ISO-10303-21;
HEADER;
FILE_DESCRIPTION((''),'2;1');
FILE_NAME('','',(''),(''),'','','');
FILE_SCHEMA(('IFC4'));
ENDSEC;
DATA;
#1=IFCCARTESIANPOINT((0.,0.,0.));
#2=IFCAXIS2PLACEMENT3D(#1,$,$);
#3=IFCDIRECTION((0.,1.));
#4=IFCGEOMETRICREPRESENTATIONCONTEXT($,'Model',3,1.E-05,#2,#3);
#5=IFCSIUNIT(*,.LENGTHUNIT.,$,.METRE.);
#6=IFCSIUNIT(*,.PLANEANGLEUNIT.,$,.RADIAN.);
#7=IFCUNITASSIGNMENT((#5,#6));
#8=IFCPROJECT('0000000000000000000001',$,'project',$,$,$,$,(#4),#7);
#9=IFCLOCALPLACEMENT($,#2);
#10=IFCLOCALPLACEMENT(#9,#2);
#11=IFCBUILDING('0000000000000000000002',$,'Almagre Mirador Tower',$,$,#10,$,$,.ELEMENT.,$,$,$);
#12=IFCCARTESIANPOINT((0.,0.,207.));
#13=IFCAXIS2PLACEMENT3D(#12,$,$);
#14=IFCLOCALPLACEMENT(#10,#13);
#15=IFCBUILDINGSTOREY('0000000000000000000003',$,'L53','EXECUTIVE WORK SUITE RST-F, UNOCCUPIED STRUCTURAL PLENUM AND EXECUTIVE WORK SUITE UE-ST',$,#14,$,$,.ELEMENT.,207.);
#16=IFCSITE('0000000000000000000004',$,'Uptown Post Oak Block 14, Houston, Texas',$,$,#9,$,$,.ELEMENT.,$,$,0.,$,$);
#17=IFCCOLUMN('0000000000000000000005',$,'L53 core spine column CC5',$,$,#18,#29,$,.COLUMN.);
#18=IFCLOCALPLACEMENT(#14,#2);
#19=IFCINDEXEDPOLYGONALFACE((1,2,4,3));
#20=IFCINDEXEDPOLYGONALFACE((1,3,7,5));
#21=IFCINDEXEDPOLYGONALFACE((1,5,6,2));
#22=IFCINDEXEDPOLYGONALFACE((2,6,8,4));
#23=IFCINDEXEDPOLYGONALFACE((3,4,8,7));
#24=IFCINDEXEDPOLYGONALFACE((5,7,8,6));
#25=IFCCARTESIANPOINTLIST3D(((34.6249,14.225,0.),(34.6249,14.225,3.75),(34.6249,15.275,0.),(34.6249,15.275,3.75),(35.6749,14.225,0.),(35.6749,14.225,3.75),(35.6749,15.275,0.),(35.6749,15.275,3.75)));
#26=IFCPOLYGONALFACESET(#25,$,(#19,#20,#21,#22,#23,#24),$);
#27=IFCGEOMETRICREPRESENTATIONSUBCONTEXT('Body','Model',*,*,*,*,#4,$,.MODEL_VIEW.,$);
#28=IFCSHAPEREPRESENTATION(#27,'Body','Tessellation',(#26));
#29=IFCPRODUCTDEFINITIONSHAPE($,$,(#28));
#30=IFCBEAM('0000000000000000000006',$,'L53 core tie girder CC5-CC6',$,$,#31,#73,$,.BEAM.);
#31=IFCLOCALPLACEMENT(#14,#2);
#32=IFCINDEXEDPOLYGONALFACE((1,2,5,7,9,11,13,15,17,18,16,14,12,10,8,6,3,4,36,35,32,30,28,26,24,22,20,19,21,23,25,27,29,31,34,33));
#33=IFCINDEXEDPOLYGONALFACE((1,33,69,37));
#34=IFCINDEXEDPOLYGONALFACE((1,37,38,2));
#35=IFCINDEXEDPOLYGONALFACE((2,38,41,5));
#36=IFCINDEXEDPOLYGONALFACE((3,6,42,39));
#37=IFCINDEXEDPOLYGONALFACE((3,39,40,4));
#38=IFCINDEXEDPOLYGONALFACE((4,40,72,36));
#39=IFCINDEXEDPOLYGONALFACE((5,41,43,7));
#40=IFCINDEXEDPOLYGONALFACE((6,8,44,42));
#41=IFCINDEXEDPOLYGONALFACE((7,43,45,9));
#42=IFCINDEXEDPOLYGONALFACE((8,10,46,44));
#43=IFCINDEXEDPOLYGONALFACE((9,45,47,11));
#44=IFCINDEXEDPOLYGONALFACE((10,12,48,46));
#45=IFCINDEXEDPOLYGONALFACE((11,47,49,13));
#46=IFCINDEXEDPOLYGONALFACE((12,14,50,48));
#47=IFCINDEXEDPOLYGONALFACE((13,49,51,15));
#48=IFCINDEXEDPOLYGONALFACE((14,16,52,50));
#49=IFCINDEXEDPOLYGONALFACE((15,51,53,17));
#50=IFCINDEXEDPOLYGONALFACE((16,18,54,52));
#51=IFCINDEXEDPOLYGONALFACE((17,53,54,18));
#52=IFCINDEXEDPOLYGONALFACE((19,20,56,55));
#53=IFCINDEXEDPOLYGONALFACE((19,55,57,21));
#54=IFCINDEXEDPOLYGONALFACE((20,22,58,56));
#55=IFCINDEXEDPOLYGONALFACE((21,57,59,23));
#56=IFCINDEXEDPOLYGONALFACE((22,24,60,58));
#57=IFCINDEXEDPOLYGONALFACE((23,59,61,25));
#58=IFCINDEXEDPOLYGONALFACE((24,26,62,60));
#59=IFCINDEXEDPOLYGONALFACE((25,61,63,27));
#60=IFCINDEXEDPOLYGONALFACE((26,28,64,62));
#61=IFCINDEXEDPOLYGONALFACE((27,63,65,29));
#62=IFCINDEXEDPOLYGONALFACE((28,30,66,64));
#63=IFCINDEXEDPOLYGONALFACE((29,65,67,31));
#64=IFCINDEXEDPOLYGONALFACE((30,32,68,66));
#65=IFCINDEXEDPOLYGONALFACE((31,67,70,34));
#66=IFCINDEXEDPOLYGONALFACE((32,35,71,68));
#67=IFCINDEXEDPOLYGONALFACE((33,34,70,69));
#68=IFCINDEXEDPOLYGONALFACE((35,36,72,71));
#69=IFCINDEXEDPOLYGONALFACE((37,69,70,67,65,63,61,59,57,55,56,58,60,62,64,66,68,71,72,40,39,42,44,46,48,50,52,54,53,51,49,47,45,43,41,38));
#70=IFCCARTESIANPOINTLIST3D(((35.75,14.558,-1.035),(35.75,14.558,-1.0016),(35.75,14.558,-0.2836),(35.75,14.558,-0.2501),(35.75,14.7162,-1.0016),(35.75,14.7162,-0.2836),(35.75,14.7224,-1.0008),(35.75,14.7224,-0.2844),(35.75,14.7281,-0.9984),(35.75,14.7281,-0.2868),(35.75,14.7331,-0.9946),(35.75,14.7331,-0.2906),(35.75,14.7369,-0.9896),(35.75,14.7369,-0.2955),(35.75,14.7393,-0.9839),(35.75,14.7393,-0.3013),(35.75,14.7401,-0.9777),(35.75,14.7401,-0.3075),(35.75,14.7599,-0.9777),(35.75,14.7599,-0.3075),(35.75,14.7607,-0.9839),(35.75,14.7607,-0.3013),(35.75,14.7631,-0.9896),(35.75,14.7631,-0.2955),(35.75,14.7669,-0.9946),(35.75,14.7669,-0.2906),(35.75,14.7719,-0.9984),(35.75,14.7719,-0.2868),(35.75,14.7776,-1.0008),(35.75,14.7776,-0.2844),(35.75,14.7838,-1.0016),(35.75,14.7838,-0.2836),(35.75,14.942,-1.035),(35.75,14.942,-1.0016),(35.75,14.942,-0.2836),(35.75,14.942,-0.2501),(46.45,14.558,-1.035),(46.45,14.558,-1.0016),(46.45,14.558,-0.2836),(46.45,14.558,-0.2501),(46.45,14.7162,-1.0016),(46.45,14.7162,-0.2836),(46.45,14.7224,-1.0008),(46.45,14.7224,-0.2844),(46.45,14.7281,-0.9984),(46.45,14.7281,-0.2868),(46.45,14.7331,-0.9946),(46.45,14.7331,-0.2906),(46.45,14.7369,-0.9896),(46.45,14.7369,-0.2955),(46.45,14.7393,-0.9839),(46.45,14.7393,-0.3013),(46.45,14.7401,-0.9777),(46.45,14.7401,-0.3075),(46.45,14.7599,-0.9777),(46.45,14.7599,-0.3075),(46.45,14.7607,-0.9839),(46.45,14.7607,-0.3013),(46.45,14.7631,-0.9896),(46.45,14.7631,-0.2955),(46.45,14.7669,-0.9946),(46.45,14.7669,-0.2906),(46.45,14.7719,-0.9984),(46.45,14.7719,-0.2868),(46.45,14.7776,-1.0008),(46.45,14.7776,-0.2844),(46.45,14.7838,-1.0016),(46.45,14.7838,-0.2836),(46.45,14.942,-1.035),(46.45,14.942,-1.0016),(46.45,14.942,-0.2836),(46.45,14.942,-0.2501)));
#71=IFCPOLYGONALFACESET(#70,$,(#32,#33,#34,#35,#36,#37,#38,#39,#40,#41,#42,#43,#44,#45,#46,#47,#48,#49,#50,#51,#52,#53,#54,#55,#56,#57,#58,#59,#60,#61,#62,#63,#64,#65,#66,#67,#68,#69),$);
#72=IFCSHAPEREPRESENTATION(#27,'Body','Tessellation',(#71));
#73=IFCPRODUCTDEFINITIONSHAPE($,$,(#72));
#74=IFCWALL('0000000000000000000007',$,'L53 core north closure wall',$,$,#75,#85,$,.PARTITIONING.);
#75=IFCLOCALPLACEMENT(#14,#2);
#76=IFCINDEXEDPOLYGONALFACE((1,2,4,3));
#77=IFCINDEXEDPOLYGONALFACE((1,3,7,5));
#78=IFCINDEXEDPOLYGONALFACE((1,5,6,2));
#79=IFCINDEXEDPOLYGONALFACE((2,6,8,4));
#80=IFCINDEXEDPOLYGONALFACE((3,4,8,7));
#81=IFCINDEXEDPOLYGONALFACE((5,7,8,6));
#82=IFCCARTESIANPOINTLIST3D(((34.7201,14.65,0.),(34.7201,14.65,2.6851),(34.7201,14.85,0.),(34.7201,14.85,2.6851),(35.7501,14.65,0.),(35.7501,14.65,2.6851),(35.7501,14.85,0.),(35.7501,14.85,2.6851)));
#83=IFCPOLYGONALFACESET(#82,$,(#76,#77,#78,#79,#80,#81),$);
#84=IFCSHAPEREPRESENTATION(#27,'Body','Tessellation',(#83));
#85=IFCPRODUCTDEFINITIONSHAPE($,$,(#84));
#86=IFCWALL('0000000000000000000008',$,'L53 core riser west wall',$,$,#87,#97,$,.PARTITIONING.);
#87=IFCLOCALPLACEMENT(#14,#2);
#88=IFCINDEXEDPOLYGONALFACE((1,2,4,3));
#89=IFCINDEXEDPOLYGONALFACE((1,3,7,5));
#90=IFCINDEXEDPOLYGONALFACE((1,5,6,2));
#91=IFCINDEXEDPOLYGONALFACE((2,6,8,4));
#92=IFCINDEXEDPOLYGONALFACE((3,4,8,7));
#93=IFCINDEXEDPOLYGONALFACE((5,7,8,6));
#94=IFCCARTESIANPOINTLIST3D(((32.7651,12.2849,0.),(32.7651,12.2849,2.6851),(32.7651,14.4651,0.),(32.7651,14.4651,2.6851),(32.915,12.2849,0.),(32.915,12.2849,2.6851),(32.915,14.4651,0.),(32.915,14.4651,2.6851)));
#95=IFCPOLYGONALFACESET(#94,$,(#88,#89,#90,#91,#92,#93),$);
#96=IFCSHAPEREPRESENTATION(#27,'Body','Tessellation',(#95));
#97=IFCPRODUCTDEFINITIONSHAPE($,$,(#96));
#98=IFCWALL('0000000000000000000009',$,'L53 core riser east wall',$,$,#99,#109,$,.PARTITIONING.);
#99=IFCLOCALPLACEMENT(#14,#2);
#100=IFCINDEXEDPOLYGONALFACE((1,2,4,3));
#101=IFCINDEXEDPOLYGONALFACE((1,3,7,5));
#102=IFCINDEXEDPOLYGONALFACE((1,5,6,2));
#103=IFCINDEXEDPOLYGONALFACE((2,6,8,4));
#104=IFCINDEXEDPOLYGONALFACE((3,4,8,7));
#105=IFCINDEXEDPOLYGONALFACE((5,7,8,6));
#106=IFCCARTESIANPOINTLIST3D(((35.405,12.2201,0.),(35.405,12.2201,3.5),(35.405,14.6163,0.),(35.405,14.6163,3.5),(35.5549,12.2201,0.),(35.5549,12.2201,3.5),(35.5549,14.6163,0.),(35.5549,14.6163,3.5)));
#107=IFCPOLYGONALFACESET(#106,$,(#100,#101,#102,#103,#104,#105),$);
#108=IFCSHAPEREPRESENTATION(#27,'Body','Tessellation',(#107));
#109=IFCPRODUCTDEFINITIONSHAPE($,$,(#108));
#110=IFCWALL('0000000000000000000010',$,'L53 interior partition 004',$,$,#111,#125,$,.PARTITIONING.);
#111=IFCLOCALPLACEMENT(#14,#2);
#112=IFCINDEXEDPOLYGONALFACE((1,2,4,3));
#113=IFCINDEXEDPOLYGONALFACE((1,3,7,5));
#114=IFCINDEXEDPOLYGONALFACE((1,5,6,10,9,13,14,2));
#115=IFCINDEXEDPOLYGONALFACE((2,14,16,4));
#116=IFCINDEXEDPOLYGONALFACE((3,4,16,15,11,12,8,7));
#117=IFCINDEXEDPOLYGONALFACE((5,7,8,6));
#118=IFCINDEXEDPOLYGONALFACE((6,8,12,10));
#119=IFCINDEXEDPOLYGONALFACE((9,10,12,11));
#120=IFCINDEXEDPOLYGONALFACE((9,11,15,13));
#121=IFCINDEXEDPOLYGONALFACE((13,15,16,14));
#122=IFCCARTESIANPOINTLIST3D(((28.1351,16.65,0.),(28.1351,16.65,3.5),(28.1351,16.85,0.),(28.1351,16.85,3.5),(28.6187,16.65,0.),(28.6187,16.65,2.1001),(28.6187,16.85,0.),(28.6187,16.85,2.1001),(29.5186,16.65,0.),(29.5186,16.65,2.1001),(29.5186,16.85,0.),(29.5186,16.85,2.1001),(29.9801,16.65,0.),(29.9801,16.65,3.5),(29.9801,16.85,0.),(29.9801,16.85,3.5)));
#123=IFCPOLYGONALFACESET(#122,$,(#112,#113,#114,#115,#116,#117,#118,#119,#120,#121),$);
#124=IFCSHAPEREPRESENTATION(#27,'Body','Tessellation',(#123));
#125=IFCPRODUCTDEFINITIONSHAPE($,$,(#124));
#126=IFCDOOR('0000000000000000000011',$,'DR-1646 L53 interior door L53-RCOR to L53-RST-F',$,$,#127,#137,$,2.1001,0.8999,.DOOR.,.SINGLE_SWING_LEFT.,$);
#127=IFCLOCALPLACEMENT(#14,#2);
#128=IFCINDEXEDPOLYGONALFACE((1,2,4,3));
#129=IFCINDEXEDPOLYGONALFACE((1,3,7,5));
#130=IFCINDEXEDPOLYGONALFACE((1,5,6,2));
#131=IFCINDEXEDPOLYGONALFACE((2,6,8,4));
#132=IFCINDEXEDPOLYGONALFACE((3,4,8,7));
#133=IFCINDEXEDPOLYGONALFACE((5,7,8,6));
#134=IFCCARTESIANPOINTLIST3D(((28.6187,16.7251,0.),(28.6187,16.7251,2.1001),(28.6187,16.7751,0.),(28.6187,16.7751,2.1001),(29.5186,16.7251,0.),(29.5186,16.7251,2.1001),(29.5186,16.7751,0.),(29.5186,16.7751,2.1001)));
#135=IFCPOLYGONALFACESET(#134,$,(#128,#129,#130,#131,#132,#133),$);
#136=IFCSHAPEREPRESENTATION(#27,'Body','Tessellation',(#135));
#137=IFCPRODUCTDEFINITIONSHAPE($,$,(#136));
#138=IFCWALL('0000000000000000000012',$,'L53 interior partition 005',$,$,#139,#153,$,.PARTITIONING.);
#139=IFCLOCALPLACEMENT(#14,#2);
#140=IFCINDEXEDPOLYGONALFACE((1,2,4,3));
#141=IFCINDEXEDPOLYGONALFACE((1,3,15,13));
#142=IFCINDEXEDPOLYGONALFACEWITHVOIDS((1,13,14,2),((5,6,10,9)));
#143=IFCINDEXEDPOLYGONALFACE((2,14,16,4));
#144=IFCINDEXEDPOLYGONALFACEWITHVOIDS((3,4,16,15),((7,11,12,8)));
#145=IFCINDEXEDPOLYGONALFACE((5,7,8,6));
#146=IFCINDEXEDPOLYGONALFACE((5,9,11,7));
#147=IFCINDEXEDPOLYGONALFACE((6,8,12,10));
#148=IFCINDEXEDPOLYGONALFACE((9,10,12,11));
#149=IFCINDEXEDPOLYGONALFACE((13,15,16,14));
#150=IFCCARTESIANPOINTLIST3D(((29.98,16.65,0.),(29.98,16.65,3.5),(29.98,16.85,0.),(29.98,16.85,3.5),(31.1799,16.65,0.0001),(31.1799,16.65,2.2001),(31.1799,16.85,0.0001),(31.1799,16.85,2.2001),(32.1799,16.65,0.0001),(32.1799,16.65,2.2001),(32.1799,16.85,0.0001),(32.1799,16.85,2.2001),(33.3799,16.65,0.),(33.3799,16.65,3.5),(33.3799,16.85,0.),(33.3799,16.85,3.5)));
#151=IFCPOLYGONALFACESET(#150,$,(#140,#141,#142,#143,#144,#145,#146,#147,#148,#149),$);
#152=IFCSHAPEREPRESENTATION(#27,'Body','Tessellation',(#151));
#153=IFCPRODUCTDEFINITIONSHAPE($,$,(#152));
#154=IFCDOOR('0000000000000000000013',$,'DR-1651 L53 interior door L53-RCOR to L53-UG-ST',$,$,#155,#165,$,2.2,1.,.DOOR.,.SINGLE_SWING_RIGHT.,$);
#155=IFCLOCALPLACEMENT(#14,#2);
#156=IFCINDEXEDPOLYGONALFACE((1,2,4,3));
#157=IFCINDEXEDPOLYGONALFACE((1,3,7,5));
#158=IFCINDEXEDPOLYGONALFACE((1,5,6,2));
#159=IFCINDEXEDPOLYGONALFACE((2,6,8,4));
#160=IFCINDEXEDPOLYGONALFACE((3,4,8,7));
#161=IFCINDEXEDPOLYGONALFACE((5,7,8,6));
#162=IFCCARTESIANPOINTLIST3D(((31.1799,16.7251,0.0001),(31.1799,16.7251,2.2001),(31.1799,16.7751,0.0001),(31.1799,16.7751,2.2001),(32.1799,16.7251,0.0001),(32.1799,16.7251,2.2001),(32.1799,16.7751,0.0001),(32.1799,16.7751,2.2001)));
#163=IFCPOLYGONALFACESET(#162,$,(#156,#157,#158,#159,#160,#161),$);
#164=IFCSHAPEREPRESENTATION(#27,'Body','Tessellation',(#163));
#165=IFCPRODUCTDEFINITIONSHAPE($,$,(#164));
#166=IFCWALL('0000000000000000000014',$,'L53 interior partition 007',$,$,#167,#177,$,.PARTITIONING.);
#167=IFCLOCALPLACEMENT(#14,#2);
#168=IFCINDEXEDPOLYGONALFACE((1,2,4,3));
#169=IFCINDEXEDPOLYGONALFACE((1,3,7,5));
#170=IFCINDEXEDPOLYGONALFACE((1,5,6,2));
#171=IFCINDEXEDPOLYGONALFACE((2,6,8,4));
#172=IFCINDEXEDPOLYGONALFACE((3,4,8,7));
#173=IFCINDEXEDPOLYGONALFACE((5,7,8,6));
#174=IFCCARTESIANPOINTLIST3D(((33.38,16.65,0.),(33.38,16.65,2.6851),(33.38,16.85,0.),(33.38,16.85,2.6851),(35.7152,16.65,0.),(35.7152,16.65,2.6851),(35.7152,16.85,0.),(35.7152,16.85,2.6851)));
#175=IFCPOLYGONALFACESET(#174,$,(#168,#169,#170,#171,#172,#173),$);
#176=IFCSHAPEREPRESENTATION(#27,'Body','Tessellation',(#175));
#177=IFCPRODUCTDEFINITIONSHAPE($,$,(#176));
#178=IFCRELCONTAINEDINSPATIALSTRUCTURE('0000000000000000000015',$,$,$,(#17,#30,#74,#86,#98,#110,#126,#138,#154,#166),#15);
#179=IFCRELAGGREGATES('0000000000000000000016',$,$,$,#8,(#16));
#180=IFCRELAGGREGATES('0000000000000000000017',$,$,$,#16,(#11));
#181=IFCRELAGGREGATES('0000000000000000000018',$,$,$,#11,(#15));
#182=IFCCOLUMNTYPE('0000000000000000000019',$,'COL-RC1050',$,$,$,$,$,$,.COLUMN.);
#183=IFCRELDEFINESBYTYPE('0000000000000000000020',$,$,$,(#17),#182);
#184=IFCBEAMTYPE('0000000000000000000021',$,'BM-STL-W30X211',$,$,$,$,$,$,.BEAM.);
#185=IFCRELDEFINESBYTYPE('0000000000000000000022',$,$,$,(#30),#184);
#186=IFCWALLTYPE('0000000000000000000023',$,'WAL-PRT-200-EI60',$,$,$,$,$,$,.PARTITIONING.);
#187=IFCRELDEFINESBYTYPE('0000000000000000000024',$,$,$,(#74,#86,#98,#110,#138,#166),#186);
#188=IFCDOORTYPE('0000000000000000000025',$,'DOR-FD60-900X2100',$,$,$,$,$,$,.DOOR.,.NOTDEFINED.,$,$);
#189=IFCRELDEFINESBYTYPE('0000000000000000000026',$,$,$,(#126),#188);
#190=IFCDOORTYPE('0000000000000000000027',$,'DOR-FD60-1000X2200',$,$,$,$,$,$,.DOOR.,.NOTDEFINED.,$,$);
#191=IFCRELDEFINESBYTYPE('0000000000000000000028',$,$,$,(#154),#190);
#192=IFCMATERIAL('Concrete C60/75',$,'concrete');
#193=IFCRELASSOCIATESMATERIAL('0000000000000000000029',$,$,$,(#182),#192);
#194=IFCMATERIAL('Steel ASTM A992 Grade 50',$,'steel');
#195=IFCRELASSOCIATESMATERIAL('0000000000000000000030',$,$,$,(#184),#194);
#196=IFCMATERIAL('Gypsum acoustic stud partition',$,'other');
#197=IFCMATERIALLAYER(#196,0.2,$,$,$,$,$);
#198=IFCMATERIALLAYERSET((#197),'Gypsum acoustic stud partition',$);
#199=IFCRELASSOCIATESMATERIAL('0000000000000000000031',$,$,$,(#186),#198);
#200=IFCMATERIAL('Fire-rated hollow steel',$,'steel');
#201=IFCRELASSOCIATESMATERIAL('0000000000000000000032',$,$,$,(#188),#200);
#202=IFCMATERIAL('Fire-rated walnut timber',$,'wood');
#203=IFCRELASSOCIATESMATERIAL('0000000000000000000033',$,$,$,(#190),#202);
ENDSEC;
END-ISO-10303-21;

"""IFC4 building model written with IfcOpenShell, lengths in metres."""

from ifc_helpers import new_model, si_unit, direction, frame, frame_2d, origin, origin_2d, place, context, subcontext, project, spatial, rectangle, i_section, extrude, material, layer, layer_set, material_profile, profile_set, type_object, element, fill, save


model = new_model("IFC4")

# Units and contexts
model_context = context("Model", 3, precision=1e-05, world=origin(), true_north=direction((0.0, 1.0)))
body_context = subcontext(model_context, "Body", "Model", "MODEL_VIEW")
ifc_project = project(units=[si_unit("LENGTHUNIT", "METRE"), si_unit("PLANEANGLEUNIT", "RADIAN")], contexts=[model_context])

# Site, building, storey
site_placement = place(None, origin())
site = spatial("IfcSite", under=ifc_project, at=site_placement, Name="Uptown Post Oak Block 14, Houston, Texas", CompositionType="ELEMENT", RefElevation=0.0)
building_placement = place(site_placement, origin())
building = spatial("IfcBuilding", under=site, at=building_placement, Name="Almagre Mirador Tower", CompositionType="ELEMENT")
storey_placement = place(building_placement, frame((0.0, 0.0, 207.0)))
storey = spatial("IfcBuildingStorey", under=building, at=storey_placement, Name="L53", Description="EXECUTIVE WORK SUITE RST-F, UNOCCUPIED STRUCTURAL PLENUM AND EXECUTIVE WORK SUITE UE-ST", CompositionType="ELEMENT", Elevation=207.0)

# Column
ifc_material_1 = material(Name="Concrete C60/75", Category="concrete")
ifc_material_profile_1 = material_profile(ifc_material_1, rectangle(XDim=1.05, YDim=1.05, at=origin_2d()), Name="RC1050X1050")
ifc_profile_set_1 = profile_set([ifc_material_profile_1], Name="Concrete C60/75")
column_type = type_object("IfcColumnType", Name="COL-RC1050", PredefinedType="COLUMN", material=ifc_profile_set_1)
column_placement = place(storey_placement, frame((35.1499, 14.75, 0.0), z_axis=(0.0, 0.0, 1.0), x_axis=(1.0, 0.0, 0.0)))
element("IfcColumn", 1, at=column_placement, inside=storey, type_object=column_type, Name="L53 core spine column CC5", PredefinedType="COLUMN", context=body_context, shape_type="SweptSolid", body=[
    extrude(rectangle(XDim=1.05, YDim=1.05, at=origin_2d()), origin(), (0.0, 0.0, 1.0), 3.75),
])

# Beam
ifc_material_2 = material(Name="Steel ASTM A992 Grade 50", Category="steel")
ifc_material_profile_2 = material_profile(ifc_material_2, i_section(OverallWidth=0.384, OverallDepth=0.7849, WebThickness=0.0198, FlangeThickness=0.0334, FilletRadius=0.0239, at=origin_2d()), Name="W30X211")
ifc_profile_set_2 = profile_set([ifc_material_profile_2], Name="Steel ASTM A992 Grade 50")
beam_type = type_object("IfcBeamType", Name="BM-STL-W30X211", PredefinedType="BEAM", material=ifc_profile_set_2)
beam_placement = place(storey_placement, frame((35.75, 14.75, -0.6426), z_axis=(1.0, 0.0, 0.0), x_axis=(0.0, 1.0, 0.0)))
element("IfcBeam", 2, at=beam_placement, inside=storey, type_object=beam_type, Name="L53 core tie girder CC5-CC6", PredefinedType="BEAM", context=body_context, shape_type="SweptSolid", body=[
    extrude(i_section(OverallWidth=0.384, OverallDepth=0.7849, WebThickness=0.0198, FlangeThickness=0.0334, FilletRadius=0.0239, at=origin_2d()), origin(), (0.0, 0.0, 1.0), 10.7),
])

# Wall
ifc_material_3 = material(Name="Gypsum acoustic stud partition", Category="other")
ifc_layer_1 = layer(ifc_material_3, 0.2)
ifc_layer_set_1 = layer_set([ifc_layer_1], Name="Gypsum acoustic stud partition")
wall_type_1 = type_object("IfcWallType", Name="WAL-PRT-200-EI60", PredefinedType="PARTITIONING", material=ifc_layer_set_1)
wall_1_placement = place(storey_placement, frame((34.72, 14.75, 0.0), z_axis=(0.0, 0.0, 1.0), x_axis=(1.0, 0.0, 0.0)))
element("IfcWall", 3, at=wall_1_placement, inside=storey, type_object=wall_type_1, Name="L53 core north closure wall", PredefinedType="PARTITIONING", context=body_context, shape_type="SweptSolid", body=[
    extrude(rectangle(XDim=1.03, YDim=0.2, at=frame_2d((0.5151, 0.0))), origin(), (0.0, 0.0, 1.0), 2.6851),
])

# Walls
wall_2_placement = place(storey_placement, frame((32.8401, 12.2849, 0.0), z_axis=(0.0, 0.0, 1.0), x_axis=(0.0, 1.0, 0.0)))
element("IfcWall", 4, at=wall_2_placement, inside=storey, type_object=wall_type_1, Name="L53 core riser west wall", PredefinedType="PARTITIONING", context=body_context, shape_type="SweptSolid", body=[
    extrude(rectangle(XDim=2.1802, YDim=0.1499, at=frame_2d((1.0901, 0.0))), origin(), (0.0, 0.0, 1.0), 2.6851),
])
wall_3_placement = place(storey_placement, frame((35.48, 12.22, 0.0), z_axis=(0.0, 0.0, 1.0), x_axis=(0.0, 1.0, 0.0)))
element("IfcWall", 5, at=wall_3_placement, inside=storey, type_object=wall_type_1, Name="L53 core riser east wall", PredefinedType="PARTITIONING", context=body_context, shape_type="SweptSolid", body=[
    extrude(rectangle(XDim=2.3962, YDim=0.1499, at=frame_2d((1.1982, 0.0))), origin(), (0.0, 0.0, 1.0), 3.5),
])

# Walls, openings, doors
wall_4_placement = place(storey_placement, frame((29.98, 16.75, 0.0), z_axis=(0.0, 0.0, 1.0), x_axis=(-1.0, 0.0, 0.0)))
wall_4 = element("IfcWall", 6, at=wall_4_placement, inside=storey, type_object=wall_type_1, Name="L53 interior partition 004", PredefinedType="PARTITIONING", context=body_context, shape_type="SweptSolid", body=[
    extrude(rectangle(XDim=1.845, YDim=0.2, at=frame_2d((0.9224, 0.0))), origin(), (0.0, 0.0, 1.0), 3.5),
])
opening_1_placement = place(wall_4_placement, frame((0.4614, 0.0, 0.0)))
opening_1 = element("IfcOpeningElement", 7, at=opening_1_placement, cuts=wall_4, PredefinedType="OPENING", context=body_context, shape_type="SweptSolid", body=[
    extrude(rectangle(XDim=0.8999, YDim=2.1001, at=frame_2d((0.45, 1.05))), frame((0.0, 0.1101, 0.0), z_axis=(0.0, -1.0, 0.0), x_axis=(1.0, 0.0, 0.0)), (0.0, 0.0, 1.0), 0.22),
])
ifc_material_4 = material(Name="Fire-rated hollow steel", Category="steel")
door_type_1 = type_object("IfcDoorType", Name="DOR-FD60-900X2100", OperationType="NOTDEFINED", PredefinedType="DOOR", material=ifc_material_4)
door_1_placement = place(opening_1_placement, origin())
door_1 = element("IfcDoor", 8, at=door_1_placement, inside=storey, type_object=door_type_1, Name="DR-1646 L53 interior door L53-RCOR to L53-RST-F", OperationType="SINGLE_SWING_LEFT", OverallHeight=2.1001, OverallWidth=0.8999, PredefinedType="DOOR", context=body_context, shape_type="SweptSolid", body=[
    extrude(rectangle(XDim=0.8999, YDim=2.1001, at=frame_2d((0.45, 1.05))), frame((0.0, 0.0249, 0.0), z_axis=(0.0, -1.0, 0.0), x_axis=(1.0, 0.0, 0.0)), (0.0, 0.0, 1.0), 0.05),
])
fill(opening_1, door_1)
wall_5_placement = place(storey_placement, frame((33.3799, 16.75, 0.0), z_axis=(0.0, 0.0, 1.0), x_axis=(-1.0, 0.0, 0.0)))
wall_5 = element("IfcWall", 9, at=wall_5_placement, inside=storey, type_object=wall_type_1, Name="L53 interior partition 005", PredefinedType="PARTITIONING", context=body_context, shape_type="SweptSolid", body=[
    extrude(rectangle(XDim=3.3999, YDim=0.2, at=frame_2d((1.7, 0.0))), origin(), (0.0, 0.0, 1.0), 3.5),
])
opening_2_placement = place(wall_5_placement, frame((1.2, 0.0, 0.0)))
opening_2 = element("IfcOpeningElement", 10, at=opening_2_placement, cuts=wall_5, PredefinedType="OPENING", context=body_context, shape_type="SweptSolid", body=[
    extrude(rectangle(XDim=1.0, YDim=2.2, at=frame_2d((0.5, 1.1001))), frame((0.0, 0.1101, 0.0), z_axis=(0.0, -1.0, 0.0), x_axis=(1.0, 0.0, 0.0)), (0.0, 0.0, 1.0), 0.22),
])
ifc_material_5 = material(Name="Fire-rated walnut timber", Category="wood")
door_type_2 = type_object("IfcDoorType", Name="DOR-FD60-1000X2200", OperationType="NOTDEFINED", PredefinedType="DOOR", material=ifc_material_5)
door_2_placement = place(opening_2_placement, origin())
door_2 = element("IfcDoor", 11, at=door_2_placement, inside=storey, type_object=door_type_2, Name="DR-1651 L53 interior door L53-RCOR to L53-UG-ST", OperationType="SINGLE_SWING_RIGHT", OverallHeight=2.2, OverallWidth=1.0, PredefinedType="DOOR", context=body_context, shape_type="SweptSolid", body=[
    extrude(rectangle(XDim=1.0, YDim=2.2, at=frame_2d((0.5, 1.1001))), frame((0.0, 0.0249, 0.0), z_axis=(0.0, -1.0, 0.0), x_axis=(1.0, 0.0, 0.0)), (0.0, 0.0, 1.0), 0.05),
])
fill(opening_2, door_2)

# Wall
wall_6_placement = place(storey_placement, frame((35.7151, 16.75, 0.0), z_axis=(0.0, 0.0, 1.0), x_axis=(-1.0, 0.0, 0.0)))
element("IfcWall", 12, at=wall_6_placement, inside=storey, type_object=wall_type_1, Name="L53 interior partition 007", PredefinedType="PARTITIONING", context=body_context, shape_type="SweptSolid", body=[
    extrude(rectangle(XDim=2.3352, YDim=0.2, at=frame_2d((1.1675, 0.0))), origin(), (0.0, 0.0, 1.0), 2.6851),
])

save(model, "model.ifc")
